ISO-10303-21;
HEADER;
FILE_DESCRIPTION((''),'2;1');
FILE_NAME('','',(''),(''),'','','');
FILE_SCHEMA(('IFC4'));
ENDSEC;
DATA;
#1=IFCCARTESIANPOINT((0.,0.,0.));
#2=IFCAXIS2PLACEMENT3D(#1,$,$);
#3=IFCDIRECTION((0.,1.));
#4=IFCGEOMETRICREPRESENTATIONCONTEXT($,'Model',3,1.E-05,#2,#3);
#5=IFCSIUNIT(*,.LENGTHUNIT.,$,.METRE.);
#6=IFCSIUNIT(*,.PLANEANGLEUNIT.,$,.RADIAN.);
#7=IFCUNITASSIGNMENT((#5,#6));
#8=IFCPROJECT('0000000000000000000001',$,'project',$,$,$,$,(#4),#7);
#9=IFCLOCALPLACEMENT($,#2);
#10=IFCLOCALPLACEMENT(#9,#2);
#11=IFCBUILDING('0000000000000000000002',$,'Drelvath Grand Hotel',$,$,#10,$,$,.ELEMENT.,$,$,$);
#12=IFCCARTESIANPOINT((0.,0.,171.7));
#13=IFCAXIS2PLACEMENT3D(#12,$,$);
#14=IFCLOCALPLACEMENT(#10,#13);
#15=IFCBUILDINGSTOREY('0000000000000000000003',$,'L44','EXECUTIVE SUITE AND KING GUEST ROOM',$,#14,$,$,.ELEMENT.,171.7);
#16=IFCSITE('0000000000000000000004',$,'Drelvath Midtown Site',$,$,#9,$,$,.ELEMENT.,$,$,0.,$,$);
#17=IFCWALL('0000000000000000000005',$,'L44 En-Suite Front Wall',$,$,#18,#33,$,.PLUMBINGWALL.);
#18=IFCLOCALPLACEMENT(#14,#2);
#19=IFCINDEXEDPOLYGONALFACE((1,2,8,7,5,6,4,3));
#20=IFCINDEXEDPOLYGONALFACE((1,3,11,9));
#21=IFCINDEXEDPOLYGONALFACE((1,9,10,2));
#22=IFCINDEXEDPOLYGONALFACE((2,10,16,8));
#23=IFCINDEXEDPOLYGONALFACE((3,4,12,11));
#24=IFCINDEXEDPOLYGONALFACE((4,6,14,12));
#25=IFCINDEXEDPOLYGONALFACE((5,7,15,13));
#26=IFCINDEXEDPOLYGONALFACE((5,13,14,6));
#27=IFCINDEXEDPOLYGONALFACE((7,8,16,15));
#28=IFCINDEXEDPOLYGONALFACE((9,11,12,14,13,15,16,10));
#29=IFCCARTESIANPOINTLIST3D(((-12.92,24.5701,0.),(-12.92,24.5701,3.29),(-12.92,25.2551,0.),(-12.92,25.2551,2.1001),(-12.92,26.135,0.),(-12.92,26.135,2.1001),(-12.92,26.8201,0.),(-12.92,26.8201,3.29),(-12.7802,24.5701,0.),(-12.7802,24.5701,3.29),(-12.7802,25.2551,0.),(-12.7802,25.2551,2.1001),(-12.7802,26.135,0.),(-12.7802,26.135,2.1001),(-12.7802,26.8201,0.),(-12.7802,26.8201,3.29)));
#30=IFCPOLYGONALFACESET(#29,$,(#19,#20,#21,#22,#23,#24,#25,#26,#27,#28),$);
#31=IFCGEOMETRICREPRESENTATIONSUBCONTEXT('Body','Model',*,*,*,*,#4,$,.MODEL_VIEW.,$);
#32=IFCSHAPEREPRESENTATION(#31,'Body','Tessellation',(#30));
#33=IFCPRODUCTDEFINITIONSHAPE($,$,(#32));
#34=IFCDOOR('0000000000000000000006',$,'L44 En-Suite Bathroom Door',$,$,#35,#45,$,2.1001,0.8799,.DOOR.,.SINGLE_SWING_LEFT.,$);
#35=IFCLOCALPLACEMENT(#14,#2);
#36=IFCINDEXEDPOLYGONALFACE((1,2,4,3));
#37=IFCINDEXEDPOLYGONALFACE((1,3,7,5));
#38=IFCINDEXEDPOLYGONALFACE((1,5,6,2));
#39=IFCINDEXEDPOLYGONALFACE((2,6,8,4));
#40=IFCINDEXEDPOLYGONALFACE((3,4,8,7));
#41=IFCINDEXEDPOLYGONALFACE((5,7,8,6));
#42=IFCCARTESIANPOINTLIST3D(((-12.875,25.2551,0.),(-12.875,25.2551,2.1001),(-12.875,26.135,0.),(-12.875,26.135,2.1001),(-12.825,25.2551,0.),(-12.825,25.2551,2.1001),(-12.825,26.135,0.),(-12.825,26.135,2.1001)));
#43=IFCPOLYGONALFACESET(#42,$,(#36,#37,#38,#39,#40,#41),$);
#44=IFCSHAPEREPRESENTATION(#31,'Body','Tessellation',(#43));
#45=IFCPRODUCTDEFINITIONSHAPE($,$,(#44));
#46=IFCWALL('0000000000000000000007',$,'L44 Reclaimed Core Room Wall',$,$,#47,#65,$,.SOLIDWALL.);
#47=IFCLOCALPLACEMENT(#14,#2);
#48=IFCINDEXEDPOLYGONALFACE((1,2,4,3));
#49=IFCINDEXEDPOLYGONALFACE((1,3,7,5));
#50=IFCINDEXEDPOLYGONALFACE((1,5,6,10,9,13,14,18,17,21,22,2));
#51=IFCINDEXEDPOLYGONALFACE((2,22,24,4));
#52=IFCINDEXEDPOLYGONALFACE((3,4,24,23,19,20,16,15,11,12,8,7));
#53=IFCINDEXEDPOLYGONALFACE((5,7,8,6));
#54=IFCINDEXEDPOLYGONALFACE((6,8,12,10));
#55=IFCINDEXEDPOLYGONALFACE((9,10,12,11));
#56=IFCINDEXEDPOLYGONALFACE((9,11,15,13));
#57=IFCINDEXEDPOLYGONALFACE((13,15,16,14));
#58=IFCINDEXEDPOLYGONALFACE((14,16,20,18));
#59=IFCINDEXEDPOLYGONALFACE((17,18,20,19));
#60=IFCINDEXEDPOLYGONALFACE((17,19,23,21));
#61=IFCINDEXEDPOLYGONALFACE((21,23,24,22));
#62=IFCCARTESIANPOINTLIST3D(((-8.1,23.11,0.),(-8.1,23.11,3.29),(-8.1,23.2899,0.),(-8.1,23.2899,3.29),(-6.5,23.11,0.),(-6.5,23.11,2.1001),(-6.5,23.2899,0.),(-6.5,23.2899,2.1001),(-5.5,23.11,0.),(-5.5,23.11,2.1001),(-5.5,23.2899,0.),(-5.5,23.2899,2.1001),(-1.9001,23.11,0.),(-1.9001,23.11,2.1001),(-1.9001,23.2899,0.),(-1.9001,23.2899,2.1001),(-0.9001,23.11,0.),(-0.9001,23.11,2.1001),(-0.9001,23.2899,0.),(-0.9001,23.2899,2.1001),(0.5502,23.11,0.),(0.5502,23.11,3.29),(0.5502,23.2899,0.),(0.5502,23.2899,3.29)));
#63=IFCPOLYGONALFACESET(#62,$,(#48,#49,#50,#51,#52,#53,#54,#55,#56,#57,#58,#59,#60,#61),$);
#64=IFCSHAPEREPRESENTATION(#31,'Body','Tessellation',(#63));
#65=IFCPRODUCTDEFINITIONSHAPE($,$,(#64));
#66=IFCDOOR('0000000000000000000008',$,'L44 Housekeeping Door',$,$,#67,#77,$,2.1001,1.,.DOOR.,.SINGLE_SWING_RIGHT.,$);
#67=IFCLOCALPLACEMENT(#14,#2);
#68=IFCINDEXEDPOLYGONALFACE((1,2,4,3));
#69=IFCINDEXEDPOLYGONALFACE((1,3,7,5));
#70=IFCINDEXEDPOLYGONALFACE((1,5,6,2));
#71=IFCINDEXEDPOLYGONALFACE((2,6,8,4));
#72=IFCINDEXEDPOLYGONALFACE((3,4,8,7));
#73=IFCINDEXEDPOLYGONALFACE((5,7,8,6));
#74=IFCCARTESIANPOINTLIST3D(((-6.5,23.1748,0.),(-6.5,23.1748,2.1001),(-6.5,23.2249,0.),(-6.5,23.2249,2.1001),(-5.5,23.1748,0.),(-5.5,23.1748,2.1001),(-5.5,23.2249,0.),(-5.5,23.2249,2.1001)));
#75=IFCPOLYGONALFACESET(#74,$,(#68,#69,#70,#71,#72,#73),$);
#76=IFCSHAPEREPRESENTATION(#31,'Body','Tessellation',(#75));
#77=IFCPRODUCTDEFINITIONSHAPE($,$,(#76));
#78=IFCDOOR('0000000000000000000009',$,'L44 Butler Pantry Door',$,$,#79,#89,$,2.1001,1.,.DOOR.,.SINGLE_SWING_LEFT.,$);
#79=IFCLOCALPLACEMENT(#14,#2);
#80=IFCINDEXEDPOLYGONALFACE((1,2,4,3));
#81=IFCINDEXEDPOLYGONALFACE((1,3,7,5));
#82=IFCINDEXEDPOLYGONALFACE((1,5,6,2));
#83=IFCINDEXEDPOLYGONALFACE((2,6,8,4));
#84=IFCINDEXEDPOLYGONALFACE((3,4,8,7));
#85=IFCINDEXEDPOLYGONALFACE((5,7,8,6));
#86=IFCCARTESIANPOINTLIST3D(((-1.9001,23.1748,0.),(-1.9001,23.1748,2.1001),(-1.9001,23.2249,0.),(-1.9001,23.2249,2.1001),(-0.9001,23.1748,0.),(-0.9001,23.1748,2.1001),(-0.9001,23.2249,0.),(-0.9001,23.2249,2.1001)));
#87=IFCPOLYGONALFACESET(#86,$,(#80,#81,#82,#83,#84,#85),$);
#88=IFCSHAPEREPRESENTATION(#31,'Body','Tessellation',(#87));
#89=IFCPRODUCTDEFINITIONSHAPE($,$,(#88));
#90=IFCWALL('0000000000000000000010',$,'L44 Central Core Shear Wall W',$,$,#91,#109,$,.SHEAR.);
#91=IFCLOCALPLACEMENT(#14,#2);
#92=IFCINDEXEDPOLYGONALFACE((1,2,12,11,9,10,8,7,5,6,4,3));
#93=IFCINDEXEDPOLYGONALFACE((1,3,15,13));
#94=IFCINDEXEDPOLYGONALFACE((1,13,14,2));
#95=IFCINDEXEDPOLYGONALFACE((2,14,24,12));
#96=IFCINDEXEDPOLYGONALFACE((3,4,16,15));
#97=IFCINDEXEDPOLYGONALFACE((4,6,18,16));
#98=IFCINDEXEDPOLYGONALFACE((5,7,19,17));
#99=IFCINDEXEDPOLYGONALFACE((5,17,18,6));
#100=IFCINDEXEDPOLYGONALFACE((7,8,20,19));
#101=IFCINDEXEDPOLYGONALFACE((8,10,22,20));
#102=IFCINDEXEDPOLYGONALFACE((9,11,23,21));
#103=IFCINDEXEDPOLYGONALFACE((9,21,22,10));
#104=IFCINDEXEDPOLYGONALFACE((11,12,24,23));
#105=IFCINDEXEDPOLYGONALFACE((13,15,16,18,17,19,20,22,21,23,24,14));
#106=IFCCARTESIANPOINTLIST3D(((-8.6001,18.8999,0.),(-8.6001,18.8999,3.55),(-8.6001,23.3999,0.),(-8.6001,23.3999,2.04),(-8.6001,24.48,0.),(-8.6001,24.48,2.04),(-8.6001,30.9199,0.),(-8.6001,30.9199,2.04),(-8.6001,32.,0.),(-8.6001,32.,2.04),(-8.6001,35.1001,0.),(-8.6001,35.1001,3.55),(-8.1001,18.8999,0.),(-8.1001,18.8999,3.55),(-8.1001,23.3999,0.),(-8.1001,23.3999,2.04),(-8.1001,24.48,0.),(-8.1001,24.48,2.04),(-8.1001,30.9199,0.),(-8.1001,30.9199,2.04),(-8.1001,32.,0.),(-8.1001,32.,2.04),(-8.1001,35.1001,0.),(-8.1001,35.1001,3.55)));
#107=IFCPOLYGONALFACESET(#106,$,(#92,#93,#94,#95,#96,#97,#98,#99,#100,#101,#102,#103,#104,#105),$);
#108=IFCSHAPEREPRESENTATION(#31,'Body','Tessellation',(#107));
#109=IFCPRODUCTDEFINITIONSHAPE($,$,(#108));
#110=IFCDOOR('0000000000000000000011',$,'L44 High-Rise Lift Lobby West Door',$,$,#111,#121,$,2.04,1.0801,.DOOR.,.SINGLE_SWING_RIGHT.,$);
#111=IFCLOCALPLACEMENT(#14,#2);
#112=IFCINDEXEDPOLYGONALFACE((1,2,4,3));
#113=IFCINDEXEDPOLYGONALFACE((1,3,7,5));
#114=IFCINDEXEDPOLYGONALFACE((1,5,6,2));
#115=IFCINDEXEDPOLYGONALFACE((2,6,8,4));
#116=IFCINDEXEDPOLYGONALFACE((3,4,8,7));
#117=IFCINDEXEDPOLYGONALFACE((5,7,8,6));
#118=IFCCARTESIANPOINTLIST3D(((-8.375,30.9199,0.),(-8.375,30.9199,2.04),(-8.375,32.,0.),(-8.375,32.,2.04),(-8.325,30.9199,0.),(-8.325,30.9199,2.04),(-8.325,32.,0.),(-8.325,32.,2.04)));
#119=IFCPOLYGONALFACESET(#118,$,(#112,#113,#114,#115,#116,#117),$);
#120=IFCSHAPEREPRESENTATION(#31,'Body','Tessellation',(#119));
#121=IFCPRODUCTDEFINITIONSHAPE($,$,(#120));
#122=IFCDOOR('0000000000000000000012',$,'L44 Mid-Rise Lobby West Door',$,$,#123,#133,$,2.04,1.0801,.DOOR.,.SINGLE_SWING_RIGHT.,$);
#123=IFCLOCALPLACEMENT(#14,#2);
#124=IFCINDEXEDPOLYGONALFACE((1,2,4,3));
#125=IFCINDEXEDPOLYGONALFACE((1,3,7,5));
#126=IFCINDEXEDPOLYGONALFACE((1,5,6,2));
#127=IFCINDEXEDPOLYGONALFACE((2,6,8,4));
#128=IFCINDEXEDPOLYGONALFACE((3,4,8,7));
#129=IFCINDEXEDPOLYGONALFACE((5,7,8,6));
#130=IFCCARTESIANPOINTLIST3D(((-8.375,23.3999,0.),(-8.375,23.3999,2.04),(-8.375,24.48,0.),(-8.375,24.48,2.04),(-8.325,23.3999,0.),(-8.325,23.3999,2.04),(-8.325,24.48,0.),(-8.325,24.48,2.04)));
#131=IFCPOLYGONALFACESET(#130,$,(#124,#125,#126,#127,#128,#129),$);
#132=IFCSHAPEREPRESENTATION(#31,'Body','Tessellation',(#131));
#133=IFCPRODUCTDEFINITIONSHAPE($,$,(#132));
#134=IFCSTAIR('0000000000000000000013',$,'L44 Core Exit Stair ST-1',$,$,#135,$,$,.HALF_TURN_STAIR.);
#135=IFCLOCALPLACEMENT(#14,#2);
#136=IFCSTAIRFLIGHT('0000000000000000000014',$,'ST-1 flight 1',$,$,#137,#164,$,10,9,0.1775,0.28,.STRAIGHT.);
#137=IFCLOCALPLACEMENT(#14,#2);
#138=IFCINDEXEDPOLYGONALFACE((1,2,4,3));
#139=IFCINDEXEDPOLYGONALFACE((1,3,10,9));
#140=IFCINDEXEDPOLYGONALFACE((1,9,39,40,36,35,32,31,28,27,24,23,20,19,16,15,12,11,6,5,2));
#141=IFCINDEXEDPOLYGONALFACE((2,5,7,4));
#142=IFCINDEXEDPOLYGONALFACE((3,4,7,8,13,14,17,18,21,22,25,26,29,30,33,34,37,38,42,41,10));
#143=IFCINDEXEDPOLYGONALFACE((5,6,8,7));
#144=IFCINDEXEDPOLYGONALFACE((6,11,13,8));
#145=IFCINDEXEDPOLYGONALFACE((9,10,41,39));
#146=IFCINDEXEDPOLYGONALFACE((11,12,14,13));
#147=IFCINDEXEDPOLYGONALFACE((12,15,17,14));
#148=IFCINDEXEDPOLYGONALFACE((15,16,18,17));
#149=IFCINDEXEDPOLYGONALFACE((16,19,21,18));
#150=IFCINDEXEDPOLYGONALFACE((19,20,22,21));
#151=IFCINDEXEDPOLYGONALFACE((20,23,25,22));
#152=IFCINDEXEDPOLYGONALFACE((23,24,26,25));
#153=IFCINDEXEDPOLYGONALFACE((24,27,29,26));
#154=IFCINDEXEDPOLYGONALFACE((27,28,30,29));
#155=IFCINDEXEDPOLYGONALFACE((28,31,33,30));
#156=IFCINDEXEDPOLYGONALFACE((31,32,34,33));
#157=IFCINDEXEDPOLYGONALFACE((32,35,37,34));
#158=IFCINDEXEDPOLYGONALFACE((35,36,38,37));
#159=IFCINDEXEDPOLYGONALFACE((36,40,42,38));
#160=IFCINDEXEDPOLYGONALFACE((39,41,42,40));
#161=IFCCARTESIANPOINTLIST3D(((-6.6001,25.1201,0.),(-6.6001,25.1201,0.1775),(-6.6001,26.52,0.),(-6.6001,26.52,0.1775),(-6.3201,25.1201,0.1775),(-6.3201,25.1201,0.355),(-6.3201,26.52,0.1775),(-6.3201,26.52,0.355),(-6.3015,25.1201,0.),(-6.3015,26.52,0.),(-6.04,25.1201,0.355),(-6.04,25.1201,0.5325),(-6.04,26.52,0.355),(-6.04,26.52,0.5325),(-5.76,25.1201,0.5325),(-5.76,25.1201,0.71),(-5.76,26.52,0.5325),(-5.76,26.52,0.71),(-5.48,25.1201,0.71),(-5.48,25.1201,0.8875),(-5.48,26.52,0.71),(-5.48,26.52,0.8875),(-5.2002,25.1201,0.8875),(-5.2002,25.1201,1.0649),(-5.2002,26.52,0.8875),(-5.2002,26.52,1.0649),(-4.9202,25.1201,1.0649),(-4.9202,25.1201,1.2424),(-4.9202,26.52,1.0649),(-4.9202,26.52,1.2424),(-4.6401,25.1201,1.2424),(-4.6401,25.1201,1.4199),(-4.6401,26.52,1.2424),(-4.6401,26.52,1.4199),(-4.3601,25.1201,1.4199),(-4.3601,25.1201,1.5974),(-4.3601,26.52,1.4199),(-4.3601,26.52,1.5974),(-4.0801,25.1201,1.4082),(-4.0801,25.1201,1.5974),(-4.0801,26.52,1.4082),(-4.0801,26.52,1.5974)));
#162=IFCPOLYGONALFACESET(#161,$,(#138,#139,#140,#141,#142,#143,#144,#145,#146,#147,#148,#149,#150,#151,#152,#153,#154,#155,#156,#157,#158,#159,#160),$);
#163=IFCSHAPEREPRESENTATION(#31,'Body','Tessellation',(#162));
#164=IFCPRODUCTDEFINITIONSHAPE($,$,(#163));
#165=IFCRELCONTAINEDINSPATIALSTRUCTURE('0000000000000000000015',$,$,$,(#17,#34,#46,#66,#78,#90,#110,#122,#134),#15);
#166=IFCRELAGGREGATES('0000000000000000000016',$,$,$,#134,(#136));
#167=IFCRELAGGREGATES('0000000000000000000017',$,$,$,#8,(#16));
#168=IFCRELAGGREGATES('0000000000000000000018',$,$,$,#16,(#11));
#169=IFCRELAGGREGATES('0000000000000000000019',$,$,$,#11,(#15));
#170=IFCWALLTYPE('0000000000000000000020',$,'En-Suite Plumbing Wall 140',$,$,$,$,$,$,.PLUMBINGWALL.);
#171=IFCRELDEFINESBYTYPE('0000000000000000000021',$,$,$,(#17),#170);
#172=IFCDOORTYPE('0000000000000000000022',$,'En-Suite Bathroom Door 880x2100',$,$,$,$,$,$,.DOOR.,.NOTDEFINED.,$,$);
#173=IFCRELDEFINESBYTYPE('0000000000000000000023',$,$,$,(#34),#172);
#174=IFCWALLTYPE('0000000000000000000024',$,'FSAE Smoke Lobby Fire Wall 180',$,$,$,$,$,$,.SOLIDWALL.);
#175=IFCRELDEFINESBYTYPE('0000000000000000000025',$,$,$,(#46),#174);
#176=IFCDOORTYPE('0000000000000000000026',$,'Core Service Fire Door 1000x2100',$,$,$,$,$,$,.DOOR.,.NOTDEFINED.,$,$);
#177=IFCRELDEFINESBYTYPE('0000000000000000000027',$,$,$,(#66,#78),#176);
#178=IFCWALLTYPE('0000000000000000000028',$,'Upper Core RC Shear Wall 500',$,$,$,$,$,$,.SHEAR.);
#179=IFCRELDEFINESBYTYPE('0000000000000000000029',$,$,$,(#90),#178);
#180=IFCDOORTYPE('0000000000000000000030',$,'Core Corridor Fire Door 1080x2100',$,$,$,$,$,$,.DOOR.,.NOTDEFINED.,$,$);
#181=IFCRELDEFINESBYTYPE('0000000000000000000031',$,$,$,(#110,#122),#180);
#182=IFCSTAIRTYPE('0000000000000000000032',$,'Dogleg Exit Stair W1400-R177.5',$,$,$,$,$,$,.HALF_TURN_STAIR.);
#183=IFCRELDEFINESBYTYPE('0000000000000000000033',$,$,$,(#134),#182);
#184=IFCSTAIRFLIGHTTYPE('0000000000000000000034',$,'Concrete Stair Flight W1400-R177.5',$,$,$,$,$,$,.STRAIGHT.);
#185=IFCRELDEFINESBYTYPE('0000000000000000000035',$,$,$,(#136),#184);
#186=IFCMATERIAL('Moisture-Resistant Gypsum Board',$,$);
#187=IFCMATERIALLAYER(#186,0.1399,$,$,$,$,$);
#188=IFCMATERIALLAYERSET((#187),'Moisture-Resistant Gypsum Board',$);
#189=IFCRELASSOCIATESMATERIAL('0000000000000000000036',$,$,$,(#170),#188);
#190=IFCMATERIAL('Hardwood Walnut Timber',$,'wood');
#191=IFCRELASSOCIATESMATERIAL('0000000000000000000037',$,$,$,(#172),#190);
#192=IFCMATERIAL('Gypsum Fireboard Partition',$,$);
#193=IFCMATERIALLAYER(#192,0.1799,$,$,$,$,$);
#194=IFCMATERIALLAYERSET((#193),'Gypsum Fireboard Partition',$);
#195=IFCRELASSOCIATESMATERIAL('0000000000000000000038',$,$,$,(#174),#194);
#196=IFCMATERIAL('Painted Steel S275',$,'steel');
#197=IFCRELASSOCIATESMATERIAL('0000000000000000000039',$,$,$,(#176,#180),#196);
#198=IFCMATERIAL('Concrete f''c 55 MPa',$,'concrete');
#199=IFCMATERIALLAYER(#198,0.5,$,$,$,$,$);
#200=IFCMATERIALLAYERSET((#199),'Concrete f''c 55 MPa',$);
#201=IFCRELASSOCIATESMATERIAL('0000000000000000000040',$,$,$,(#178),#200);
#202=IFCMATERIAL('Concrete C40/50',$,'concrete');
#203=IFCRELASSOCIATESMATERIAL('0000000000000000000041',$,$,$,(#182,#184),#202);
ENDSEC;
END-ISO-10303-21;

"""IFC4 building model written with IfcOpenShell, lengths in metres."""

from ifc_helpers import new_model, si_unit, direction, frame, frame_2d, origin, place, context, subcontext, project, spatial, polyline, rectangle, outline, extrude, material, layer, layer_set, type_object, element, fill, aggregate, save


model = new_model("IFC4")

# Units and contexts
model_context = context("Model", 3, precision=1e-05, world=origin(), true_north=direction((0.0, 1.0)))
body_context = subcontext(model_context, "Body", "Model", "MODEL_VIEW")
ifc_project = project(units=[si_unit("LENGTHUNIT", "METRE"), si_unit("PLANEANGLEUNIT", "RADIAN")], contexts=[model_context])

# Site, building, storey
site_placement = place(None, origin())
site = spatial("IfcSite", under=ifc_project, at=site_placement, Name="Drelvath Midtown Site", CompositionType="ELEMENT", RefElevation=0.0)
building_placement = place(site_placement, origin())
building = spatial("IfcBuilding", under=site, at=building_placement, Name="Drelvath Grand Hotel", CompositionType="ELEMENT")
storey_placement = place(building_placement, frame((0.0, 0.0, 171.7)))
storey = spatial("IfcBuildingStorey", under=building, at=storey_placement, Name="L44", Description="EXECUTIVE SUITE AND KING GUEST ROOM", CompositionType="ELEMENT", Elevation=171.7)

# Shared definitions
ifc_material_1 = material(Name="Concrete f'c 55 MPa", Category="concrete")

# Shared definitions
ifc_material_2 = material(Name="Concrete C40/50", Category="concrete")
ifc_material_3 = material(Name="Painted Steel S275", Category="steel")
ifc_material_4 = material(Name="Gypsum Fireboard Partition")

# Shared definitions
ifc_material_5 = material(Name="Moisture-Resistant Gypsum Board")
ifc_layer_1 = layer(ifc_material_5, 0.1399)
ifc_layer_set_1 = layer_set([ifc_layer_1], Name="Moisture-Resistant Gypsum Board")
wall_type_1 = type_object("IfcWallType", Name="En-Suite Plumbing Wall 140", PredefinedType="PLUMBINGWALL", material=ifc_layer_set_1)

# Wall, opening, door
wall_1_placement = place(storey_placement, frame((-12.8501, 24.5701, 0.0), z_axis=(0.0, 0.0, 1.0), x_axis=(0.0, 1.0, 0.0)))
wall_1 = element("IfcWall", 1, at=wall_1_placement, inside=storey, type_object=wall_type_1, Name="L44 En-Suite Front Wall", PredefinedType="PLUMBINGWALL", context=body_context, shape_type="SweptSolid", body=[
    extrude(rectangle(XDim=2.25, YDim=0.1399, at=frame_2d((1.125, 0.0))), origin(), (0.0, 0.0, 1.0), 3.29),
])
opening_1_placement = place(wall_1_placement, frame((0.6851, 0.0, 0.0)))
opening_1 = element("IfcOpeningElement", 2, at=opening_1_placement, cuts=wall_1, PredefinedType="OPENING", context=body_context, shape_type="SweptSolid", body=[
    extrude(rectangle(XDim=0.8799, YDim=2.1001, at=frame_2d((0.4399, 1.05))), frame((0.0, 0.0798, 0.0), z_axis=(0.0, -1.0, 0.0), x_axis=(1.0, 0.0, 0.0)), (0.0, 0.0, 1.0), 0.1599),
])
ifc_material_6 = material(Name="Hardwood Walnut Timber", Category="wood")
door_type_1 = type_object("IfcDoorType", Name="En-Suite Bathroom Door 880x2100", OperationType="NOTDEFINED", PredefinedType="DOOR", material=ifc_material_6)
door_1_placement = place(opening_1_placement, origin())
door_1 = element("IfcDoor", 3, at=door_1_placement, inside=storey, type_object=door_type_1, Name="L44 En-Suite Bathroom Door", OperationType="SINGLE_SWING_LEFT", OverallHeight=2.1001, OverallWidth=0.8799, PredefinedType="DOOR", context=body_context, shape_type="SweptSolid", body=[
    extrude(rectangle(XDim=0.8799, YDim=2.1001, at=frame_2d((0.4399, 1.05))), frame((0.0, 0.0249, 0.0), z_axis=(0.0, -1.0, 0.0), x_axis=(1.0, 0.0, 0.0)), (0.0, 0.0, 1.0), 0.05),
])
fill(opening_1, door_1)

# Walls, openings, doors
ifc_layer_2 = layer(ifc_material_4, 0.1799)
ifc_layer_set_2 = layer_set([ifc_layer_2], Name="Gypsum Fireboard Partition")
wall_type_2 = type_object("IfcWallType", Name="FSAE Smoke Lobby Fire Wall 180", PredefinedType="SOLIDWALL", material=ifc_layer_set_2)
wall_2_placement = place(storey_placement, frame((-8.1001, 23.2, 0.0), z_axis=(0.0, 0.0, 1.0), x_axis=(1.0, 0.0, 0.0)))
wall_2 = element("IfcWall", 4, at=wall_2_placement, inside=storey, type_object=wall_type_2, Name="L44 Reclaimed Core Room Wall", PredefinedType="SOLIDWALL", context=body_context, shape_type="SweptSolid", body=[
    extrude(rectangle(XDim=8.6501, YDim=0.1799, at=frame_2d((4.3252, 0.0))), origin(), (0.0, 0.0, 1.0), 3.29),
])
opening_2_placement = place(wall_2_placement, frame((1.6001, 0.0, 0.0)))
opening_2 = element("IfcOpeningElement", 5, at=opening_2_placement, cuts=wall_2, PredefinedType="OPENING", context=body_context, shape_type="SweptSolid", body=[
    extrude(rectangle(XDim=1.0, YDim=2.1001, at=frame_2d((0.5, 1.05))), frame((0.0, 0.0999, 0.0), z_axis=(0.0, -1.0, 0.0), x_axis=(1.0, 0.0, 0.0)), (0.0, 0.0, 1.0), 0.2),
])
opening_3_placement = place(wall_2_placement, frame((6.2, 0.0, 0.0)))
opening_3 = element("IfcOpeningElement", 6, at=opening_3_placement, cuts=wall_2, PredefinedType="OPENING", context=body_context, shape_type="SweptSolid", body=[
    extrude(rectangle(XDim=1.0, YDim=2.1001, at=frame_2d((0.5, 1.05))), frame((0.0, 0.0999, 0.0), z_axis=(0.0, -1.0, 0.0), x_axis=(1.0, 0.0, 0.0)), (0.0, 0.0, 1.0), 0.2),
])
door_type_2 = type_object("IfcDoorType", Name="Core Service Fire Door 1000x2100", OperationType="NOTDEFINED", PredefinedType="DOOR", material=ifc_material_3)
door_2_placement = place(opening_2_placement, origin())
door_2 = element("IfcDoor", 7, at=door_2_placement, inside=storey, type_object=door_type_2, Name="L44 Housekeeping Door", OperationType="SINGLE_SWING_RIGHT", OverallHeight=2.1001, OverallWidth=1.0, PredefinedType="DOOR", context=body_context, shape_type="SweptSolid", body=[
    extrude(rectangle(XDim=1.0, YDim=2.1001, at=frame_2d((0.5, 1.05))), frame((0.0, 0.0249, 0.0), z_axis=(0.0, -1.0, 0.0), x_axis=(1.0, 0.0, 0.0)), (0.0, 0.0, 1.0), 0.05),
])
fill(opening_2, door_2)
door_3_placement = place(opening_3_placement, origin())
door_3 = element("IfcDoor", 8, at=door_3_placement, inside=storey, type_object=door_type_2, Name="L44 Butler Pantry Door", OperationType="SINGLE_SWING_LEFT", OverallHeight=2.1001, OverallWidth=1.0, PredefinedType="DOOR", context=body_context, shape_type="SweptSolid", body=[
    extrude(rectangle(XDim=1.0, YDim=2.1001, at=frame_2d((0.5, 1.05))), frame((0.0, 0.0249, 0.0), z_axis=(0.0, -1.0, 0.0), x_axis=(1.0, 0.0, 0.0)), (0.0, 0.0, 1.0), 0.05),
])
fill(opening_3, door_3)
ifc_layer_3 = layer(ifc_material_1, 0.5)
ifc_layer_set_3 = layer_set([ifc_layer_3], Name="Concrete f'c 55 MPa")
wall_type_3 = type_object("IfcWallType", Name="Upper Core RC Shear Wall 500", PredefinedType="SHEAR", material=ifc_layer_set_3)
wall_3_placement = place(storey_placement, frame((-8.3501, 18.8999, 0.0), z_axis=(0.0, 0.0, 1.0), x_axis=(0.0, 1.0, 0.0)))
wall_3 = element("IfcWall", 9, at=wall_3_placement, inside=storey, type_object=wall_type_3, Name="L44 Central Core Shear Wall W", PredefinedType="SHEAR", context=body_context, shape_type="SweptSolid", body=[
    extrude(rectangle(XDim=16.2002, YDim=0.5, at=frame_2d((8.1001, 0.0))), origin(), (0.0, 0.0, 1.0), 3.55),
])
opening_4_placement = place(wall_3_placement, frame((12.02, 0.0, 0.0)))
opening_4 = element("IfcOpeningElement", 10, at=opening_4_placement, cuts=wall_3, PredefinedType="OPENING", context=body_context, shape_type="SweptSolid", body=[
    extrude(rectangle(XDim=1.0801, YDim=2.04, at=frame_2d((0.54, 1.02))), frame((0.0, 0.26, 0.0), z_axis=(0.0, -1.0, 0.0), x_axis=(1.0, 0.0, 0.0)), (0.0, 0.0, 1.0), 0.52),
])
opening_5_placement = place(wall_3_placement, frame((4.5, 0.0, 0.0)))
opening_5 = element("IfcOpeningElement", 11, at=opening_5_placement, cuts=wall_3, PredefinedType="OPENING", context=body_context, shape_type="SweptSolid", body=[
    extrude(rectangle(XDim=1.0801, YDim=2.04, at=frame_2d((0.54, 1.02))), frame((0.0, 0.26, 0.0), z_axis=(0.0, -1.0, 0.0), x_axis=(1.0, 0.0, 0.0)), (0.0, 0.0, 1.0), 0.52),
])
door_type_3 = type_object("IfcDoorType", Name="Core Corridor Fire Door 1080x2100", OperationType="NOTDEFINED", PredefinedType="DOOR", material=ifc_material_3)
door_4_placement = place(opening_4_placement, origin())
door_4 = element("IfcDoor", 12, at=door_4_placement, inside=storey, type_object=door_type_3, Name="L44 High-Rise Lift Lobby West Door", OperationType="SINGLE_SWING_RIGHT", OverallHeight=2.04, OverallWidth=1.0801, PredefinedType="DOOR", context=body_context, shape_type="SweptSolid", body=[
    extrude(rectangle(XDim=1.0801, YDim=2.04, at=frame_2d((0.54, 1.02))), frame((0.0, 0.0249, 0.0), z_axis=(0.0, -1.0, 0.0), x_axis=(1.0, 0.0, 0.0)), (0.0, 0.0, 1.0), 0.05),
])
fill(opening_4, door_4)
door_5_placement = place(opening_5_placement, origin())
door_5 = element("IfcDoor", 13, at=door_5_placement, inside=storey, type_object=door_type_3, Name="L44 Mid-Rise Lobby West Door", OperationType="SINGLE_SWING_RIGHT", OverallHeight=2.04, OverallWidth=1.0801, PredefinedType="DOOR", context=body_context, shape_type="SweptSolid", body=[
    extrude(rectangle(XDim=1.0801, YDim=2.04, at=frame_2d((0.54, 1.02))), frame((0.0, 0.0249, 0.0), z_axis=(0.0, -1.0, 0.0), x_axis=(1.0, 0.0, 0.0)), (0.0, 0.0, 1.0), 0.05),
])
fill(opening_5, door_5)

# Stair, stair flight
stair_type = type_object("IfcStairType", Name="Dogleg Exit Stair W1400-R177.5", PredefinedType="HALF_TURN_STAIR", material=ifc_material_2)
stair_placement = place(storey_placement, origin())
stair = element("IfcStair", 14, at=stair_placement, inside=storey, type_object=stair_type, Name="L44 Core Exit Stair ST-1", PredefinedType="HALF_TURN_STAIR")
stair_flight_type = type_object("IfcStairFlightType", Name="Concrete Stair Flight W1400-R177.5", PredefinedType="STRAIGHT", material=ifc_material_2)
stair_flight_placement = place(storey_placement, frame((-6.6001, 25.8201, 0.0), z_axis=(0.0, 0.0, 1.0), x_axis=(1.0, 0.0, 0.0)))
stair_flight = element("IfcStairFlight", 15, at=stair_flight_placement, type_object=stair_flight_type, Name="ST-1 flight 1", NumberOfRisers=10, NumberOfTreads=9, PredefinedType="STRAIGHT", RiserHeight=0.1775, TreadLength=0.28, context=body_context, shape_type="SweptSolid", body=[
    extrude(outline(polyline([(0.0, 0.0), (0.0, 0.1775), (0.28, 0.1775), (0.28, 0.355), (0.5601, 0.355), (0.5601, 0.5325), (0.8401, 0.5325), (0.8401, 0.71), (1.1201, 0.71), (1.1201, 0.8875), (1.3999, 0.8875), (1.3999, 1.0649), (1.6799, 1.0649), (1.6799, 1.2424), (1.96, 1.2424), (1.96, 1.4199), (2.24, 1.4199), (2.24, 1.5974), (2.52, 1.5974), (2.52, 1.7749), (2.52, 1.4082), (0.2986, 0.0), (0.0, 0.0)])), frame((0.0, 0.7, 0.0), z_axis=(0.0, -1.0, 0.0), x_axis=(1.0, 0.0, 0.0)), (0.0, 0.0, 1.0), 1.3999),
])
aggregate(stair, [stair_flight])

save(model, "model.ifc")
